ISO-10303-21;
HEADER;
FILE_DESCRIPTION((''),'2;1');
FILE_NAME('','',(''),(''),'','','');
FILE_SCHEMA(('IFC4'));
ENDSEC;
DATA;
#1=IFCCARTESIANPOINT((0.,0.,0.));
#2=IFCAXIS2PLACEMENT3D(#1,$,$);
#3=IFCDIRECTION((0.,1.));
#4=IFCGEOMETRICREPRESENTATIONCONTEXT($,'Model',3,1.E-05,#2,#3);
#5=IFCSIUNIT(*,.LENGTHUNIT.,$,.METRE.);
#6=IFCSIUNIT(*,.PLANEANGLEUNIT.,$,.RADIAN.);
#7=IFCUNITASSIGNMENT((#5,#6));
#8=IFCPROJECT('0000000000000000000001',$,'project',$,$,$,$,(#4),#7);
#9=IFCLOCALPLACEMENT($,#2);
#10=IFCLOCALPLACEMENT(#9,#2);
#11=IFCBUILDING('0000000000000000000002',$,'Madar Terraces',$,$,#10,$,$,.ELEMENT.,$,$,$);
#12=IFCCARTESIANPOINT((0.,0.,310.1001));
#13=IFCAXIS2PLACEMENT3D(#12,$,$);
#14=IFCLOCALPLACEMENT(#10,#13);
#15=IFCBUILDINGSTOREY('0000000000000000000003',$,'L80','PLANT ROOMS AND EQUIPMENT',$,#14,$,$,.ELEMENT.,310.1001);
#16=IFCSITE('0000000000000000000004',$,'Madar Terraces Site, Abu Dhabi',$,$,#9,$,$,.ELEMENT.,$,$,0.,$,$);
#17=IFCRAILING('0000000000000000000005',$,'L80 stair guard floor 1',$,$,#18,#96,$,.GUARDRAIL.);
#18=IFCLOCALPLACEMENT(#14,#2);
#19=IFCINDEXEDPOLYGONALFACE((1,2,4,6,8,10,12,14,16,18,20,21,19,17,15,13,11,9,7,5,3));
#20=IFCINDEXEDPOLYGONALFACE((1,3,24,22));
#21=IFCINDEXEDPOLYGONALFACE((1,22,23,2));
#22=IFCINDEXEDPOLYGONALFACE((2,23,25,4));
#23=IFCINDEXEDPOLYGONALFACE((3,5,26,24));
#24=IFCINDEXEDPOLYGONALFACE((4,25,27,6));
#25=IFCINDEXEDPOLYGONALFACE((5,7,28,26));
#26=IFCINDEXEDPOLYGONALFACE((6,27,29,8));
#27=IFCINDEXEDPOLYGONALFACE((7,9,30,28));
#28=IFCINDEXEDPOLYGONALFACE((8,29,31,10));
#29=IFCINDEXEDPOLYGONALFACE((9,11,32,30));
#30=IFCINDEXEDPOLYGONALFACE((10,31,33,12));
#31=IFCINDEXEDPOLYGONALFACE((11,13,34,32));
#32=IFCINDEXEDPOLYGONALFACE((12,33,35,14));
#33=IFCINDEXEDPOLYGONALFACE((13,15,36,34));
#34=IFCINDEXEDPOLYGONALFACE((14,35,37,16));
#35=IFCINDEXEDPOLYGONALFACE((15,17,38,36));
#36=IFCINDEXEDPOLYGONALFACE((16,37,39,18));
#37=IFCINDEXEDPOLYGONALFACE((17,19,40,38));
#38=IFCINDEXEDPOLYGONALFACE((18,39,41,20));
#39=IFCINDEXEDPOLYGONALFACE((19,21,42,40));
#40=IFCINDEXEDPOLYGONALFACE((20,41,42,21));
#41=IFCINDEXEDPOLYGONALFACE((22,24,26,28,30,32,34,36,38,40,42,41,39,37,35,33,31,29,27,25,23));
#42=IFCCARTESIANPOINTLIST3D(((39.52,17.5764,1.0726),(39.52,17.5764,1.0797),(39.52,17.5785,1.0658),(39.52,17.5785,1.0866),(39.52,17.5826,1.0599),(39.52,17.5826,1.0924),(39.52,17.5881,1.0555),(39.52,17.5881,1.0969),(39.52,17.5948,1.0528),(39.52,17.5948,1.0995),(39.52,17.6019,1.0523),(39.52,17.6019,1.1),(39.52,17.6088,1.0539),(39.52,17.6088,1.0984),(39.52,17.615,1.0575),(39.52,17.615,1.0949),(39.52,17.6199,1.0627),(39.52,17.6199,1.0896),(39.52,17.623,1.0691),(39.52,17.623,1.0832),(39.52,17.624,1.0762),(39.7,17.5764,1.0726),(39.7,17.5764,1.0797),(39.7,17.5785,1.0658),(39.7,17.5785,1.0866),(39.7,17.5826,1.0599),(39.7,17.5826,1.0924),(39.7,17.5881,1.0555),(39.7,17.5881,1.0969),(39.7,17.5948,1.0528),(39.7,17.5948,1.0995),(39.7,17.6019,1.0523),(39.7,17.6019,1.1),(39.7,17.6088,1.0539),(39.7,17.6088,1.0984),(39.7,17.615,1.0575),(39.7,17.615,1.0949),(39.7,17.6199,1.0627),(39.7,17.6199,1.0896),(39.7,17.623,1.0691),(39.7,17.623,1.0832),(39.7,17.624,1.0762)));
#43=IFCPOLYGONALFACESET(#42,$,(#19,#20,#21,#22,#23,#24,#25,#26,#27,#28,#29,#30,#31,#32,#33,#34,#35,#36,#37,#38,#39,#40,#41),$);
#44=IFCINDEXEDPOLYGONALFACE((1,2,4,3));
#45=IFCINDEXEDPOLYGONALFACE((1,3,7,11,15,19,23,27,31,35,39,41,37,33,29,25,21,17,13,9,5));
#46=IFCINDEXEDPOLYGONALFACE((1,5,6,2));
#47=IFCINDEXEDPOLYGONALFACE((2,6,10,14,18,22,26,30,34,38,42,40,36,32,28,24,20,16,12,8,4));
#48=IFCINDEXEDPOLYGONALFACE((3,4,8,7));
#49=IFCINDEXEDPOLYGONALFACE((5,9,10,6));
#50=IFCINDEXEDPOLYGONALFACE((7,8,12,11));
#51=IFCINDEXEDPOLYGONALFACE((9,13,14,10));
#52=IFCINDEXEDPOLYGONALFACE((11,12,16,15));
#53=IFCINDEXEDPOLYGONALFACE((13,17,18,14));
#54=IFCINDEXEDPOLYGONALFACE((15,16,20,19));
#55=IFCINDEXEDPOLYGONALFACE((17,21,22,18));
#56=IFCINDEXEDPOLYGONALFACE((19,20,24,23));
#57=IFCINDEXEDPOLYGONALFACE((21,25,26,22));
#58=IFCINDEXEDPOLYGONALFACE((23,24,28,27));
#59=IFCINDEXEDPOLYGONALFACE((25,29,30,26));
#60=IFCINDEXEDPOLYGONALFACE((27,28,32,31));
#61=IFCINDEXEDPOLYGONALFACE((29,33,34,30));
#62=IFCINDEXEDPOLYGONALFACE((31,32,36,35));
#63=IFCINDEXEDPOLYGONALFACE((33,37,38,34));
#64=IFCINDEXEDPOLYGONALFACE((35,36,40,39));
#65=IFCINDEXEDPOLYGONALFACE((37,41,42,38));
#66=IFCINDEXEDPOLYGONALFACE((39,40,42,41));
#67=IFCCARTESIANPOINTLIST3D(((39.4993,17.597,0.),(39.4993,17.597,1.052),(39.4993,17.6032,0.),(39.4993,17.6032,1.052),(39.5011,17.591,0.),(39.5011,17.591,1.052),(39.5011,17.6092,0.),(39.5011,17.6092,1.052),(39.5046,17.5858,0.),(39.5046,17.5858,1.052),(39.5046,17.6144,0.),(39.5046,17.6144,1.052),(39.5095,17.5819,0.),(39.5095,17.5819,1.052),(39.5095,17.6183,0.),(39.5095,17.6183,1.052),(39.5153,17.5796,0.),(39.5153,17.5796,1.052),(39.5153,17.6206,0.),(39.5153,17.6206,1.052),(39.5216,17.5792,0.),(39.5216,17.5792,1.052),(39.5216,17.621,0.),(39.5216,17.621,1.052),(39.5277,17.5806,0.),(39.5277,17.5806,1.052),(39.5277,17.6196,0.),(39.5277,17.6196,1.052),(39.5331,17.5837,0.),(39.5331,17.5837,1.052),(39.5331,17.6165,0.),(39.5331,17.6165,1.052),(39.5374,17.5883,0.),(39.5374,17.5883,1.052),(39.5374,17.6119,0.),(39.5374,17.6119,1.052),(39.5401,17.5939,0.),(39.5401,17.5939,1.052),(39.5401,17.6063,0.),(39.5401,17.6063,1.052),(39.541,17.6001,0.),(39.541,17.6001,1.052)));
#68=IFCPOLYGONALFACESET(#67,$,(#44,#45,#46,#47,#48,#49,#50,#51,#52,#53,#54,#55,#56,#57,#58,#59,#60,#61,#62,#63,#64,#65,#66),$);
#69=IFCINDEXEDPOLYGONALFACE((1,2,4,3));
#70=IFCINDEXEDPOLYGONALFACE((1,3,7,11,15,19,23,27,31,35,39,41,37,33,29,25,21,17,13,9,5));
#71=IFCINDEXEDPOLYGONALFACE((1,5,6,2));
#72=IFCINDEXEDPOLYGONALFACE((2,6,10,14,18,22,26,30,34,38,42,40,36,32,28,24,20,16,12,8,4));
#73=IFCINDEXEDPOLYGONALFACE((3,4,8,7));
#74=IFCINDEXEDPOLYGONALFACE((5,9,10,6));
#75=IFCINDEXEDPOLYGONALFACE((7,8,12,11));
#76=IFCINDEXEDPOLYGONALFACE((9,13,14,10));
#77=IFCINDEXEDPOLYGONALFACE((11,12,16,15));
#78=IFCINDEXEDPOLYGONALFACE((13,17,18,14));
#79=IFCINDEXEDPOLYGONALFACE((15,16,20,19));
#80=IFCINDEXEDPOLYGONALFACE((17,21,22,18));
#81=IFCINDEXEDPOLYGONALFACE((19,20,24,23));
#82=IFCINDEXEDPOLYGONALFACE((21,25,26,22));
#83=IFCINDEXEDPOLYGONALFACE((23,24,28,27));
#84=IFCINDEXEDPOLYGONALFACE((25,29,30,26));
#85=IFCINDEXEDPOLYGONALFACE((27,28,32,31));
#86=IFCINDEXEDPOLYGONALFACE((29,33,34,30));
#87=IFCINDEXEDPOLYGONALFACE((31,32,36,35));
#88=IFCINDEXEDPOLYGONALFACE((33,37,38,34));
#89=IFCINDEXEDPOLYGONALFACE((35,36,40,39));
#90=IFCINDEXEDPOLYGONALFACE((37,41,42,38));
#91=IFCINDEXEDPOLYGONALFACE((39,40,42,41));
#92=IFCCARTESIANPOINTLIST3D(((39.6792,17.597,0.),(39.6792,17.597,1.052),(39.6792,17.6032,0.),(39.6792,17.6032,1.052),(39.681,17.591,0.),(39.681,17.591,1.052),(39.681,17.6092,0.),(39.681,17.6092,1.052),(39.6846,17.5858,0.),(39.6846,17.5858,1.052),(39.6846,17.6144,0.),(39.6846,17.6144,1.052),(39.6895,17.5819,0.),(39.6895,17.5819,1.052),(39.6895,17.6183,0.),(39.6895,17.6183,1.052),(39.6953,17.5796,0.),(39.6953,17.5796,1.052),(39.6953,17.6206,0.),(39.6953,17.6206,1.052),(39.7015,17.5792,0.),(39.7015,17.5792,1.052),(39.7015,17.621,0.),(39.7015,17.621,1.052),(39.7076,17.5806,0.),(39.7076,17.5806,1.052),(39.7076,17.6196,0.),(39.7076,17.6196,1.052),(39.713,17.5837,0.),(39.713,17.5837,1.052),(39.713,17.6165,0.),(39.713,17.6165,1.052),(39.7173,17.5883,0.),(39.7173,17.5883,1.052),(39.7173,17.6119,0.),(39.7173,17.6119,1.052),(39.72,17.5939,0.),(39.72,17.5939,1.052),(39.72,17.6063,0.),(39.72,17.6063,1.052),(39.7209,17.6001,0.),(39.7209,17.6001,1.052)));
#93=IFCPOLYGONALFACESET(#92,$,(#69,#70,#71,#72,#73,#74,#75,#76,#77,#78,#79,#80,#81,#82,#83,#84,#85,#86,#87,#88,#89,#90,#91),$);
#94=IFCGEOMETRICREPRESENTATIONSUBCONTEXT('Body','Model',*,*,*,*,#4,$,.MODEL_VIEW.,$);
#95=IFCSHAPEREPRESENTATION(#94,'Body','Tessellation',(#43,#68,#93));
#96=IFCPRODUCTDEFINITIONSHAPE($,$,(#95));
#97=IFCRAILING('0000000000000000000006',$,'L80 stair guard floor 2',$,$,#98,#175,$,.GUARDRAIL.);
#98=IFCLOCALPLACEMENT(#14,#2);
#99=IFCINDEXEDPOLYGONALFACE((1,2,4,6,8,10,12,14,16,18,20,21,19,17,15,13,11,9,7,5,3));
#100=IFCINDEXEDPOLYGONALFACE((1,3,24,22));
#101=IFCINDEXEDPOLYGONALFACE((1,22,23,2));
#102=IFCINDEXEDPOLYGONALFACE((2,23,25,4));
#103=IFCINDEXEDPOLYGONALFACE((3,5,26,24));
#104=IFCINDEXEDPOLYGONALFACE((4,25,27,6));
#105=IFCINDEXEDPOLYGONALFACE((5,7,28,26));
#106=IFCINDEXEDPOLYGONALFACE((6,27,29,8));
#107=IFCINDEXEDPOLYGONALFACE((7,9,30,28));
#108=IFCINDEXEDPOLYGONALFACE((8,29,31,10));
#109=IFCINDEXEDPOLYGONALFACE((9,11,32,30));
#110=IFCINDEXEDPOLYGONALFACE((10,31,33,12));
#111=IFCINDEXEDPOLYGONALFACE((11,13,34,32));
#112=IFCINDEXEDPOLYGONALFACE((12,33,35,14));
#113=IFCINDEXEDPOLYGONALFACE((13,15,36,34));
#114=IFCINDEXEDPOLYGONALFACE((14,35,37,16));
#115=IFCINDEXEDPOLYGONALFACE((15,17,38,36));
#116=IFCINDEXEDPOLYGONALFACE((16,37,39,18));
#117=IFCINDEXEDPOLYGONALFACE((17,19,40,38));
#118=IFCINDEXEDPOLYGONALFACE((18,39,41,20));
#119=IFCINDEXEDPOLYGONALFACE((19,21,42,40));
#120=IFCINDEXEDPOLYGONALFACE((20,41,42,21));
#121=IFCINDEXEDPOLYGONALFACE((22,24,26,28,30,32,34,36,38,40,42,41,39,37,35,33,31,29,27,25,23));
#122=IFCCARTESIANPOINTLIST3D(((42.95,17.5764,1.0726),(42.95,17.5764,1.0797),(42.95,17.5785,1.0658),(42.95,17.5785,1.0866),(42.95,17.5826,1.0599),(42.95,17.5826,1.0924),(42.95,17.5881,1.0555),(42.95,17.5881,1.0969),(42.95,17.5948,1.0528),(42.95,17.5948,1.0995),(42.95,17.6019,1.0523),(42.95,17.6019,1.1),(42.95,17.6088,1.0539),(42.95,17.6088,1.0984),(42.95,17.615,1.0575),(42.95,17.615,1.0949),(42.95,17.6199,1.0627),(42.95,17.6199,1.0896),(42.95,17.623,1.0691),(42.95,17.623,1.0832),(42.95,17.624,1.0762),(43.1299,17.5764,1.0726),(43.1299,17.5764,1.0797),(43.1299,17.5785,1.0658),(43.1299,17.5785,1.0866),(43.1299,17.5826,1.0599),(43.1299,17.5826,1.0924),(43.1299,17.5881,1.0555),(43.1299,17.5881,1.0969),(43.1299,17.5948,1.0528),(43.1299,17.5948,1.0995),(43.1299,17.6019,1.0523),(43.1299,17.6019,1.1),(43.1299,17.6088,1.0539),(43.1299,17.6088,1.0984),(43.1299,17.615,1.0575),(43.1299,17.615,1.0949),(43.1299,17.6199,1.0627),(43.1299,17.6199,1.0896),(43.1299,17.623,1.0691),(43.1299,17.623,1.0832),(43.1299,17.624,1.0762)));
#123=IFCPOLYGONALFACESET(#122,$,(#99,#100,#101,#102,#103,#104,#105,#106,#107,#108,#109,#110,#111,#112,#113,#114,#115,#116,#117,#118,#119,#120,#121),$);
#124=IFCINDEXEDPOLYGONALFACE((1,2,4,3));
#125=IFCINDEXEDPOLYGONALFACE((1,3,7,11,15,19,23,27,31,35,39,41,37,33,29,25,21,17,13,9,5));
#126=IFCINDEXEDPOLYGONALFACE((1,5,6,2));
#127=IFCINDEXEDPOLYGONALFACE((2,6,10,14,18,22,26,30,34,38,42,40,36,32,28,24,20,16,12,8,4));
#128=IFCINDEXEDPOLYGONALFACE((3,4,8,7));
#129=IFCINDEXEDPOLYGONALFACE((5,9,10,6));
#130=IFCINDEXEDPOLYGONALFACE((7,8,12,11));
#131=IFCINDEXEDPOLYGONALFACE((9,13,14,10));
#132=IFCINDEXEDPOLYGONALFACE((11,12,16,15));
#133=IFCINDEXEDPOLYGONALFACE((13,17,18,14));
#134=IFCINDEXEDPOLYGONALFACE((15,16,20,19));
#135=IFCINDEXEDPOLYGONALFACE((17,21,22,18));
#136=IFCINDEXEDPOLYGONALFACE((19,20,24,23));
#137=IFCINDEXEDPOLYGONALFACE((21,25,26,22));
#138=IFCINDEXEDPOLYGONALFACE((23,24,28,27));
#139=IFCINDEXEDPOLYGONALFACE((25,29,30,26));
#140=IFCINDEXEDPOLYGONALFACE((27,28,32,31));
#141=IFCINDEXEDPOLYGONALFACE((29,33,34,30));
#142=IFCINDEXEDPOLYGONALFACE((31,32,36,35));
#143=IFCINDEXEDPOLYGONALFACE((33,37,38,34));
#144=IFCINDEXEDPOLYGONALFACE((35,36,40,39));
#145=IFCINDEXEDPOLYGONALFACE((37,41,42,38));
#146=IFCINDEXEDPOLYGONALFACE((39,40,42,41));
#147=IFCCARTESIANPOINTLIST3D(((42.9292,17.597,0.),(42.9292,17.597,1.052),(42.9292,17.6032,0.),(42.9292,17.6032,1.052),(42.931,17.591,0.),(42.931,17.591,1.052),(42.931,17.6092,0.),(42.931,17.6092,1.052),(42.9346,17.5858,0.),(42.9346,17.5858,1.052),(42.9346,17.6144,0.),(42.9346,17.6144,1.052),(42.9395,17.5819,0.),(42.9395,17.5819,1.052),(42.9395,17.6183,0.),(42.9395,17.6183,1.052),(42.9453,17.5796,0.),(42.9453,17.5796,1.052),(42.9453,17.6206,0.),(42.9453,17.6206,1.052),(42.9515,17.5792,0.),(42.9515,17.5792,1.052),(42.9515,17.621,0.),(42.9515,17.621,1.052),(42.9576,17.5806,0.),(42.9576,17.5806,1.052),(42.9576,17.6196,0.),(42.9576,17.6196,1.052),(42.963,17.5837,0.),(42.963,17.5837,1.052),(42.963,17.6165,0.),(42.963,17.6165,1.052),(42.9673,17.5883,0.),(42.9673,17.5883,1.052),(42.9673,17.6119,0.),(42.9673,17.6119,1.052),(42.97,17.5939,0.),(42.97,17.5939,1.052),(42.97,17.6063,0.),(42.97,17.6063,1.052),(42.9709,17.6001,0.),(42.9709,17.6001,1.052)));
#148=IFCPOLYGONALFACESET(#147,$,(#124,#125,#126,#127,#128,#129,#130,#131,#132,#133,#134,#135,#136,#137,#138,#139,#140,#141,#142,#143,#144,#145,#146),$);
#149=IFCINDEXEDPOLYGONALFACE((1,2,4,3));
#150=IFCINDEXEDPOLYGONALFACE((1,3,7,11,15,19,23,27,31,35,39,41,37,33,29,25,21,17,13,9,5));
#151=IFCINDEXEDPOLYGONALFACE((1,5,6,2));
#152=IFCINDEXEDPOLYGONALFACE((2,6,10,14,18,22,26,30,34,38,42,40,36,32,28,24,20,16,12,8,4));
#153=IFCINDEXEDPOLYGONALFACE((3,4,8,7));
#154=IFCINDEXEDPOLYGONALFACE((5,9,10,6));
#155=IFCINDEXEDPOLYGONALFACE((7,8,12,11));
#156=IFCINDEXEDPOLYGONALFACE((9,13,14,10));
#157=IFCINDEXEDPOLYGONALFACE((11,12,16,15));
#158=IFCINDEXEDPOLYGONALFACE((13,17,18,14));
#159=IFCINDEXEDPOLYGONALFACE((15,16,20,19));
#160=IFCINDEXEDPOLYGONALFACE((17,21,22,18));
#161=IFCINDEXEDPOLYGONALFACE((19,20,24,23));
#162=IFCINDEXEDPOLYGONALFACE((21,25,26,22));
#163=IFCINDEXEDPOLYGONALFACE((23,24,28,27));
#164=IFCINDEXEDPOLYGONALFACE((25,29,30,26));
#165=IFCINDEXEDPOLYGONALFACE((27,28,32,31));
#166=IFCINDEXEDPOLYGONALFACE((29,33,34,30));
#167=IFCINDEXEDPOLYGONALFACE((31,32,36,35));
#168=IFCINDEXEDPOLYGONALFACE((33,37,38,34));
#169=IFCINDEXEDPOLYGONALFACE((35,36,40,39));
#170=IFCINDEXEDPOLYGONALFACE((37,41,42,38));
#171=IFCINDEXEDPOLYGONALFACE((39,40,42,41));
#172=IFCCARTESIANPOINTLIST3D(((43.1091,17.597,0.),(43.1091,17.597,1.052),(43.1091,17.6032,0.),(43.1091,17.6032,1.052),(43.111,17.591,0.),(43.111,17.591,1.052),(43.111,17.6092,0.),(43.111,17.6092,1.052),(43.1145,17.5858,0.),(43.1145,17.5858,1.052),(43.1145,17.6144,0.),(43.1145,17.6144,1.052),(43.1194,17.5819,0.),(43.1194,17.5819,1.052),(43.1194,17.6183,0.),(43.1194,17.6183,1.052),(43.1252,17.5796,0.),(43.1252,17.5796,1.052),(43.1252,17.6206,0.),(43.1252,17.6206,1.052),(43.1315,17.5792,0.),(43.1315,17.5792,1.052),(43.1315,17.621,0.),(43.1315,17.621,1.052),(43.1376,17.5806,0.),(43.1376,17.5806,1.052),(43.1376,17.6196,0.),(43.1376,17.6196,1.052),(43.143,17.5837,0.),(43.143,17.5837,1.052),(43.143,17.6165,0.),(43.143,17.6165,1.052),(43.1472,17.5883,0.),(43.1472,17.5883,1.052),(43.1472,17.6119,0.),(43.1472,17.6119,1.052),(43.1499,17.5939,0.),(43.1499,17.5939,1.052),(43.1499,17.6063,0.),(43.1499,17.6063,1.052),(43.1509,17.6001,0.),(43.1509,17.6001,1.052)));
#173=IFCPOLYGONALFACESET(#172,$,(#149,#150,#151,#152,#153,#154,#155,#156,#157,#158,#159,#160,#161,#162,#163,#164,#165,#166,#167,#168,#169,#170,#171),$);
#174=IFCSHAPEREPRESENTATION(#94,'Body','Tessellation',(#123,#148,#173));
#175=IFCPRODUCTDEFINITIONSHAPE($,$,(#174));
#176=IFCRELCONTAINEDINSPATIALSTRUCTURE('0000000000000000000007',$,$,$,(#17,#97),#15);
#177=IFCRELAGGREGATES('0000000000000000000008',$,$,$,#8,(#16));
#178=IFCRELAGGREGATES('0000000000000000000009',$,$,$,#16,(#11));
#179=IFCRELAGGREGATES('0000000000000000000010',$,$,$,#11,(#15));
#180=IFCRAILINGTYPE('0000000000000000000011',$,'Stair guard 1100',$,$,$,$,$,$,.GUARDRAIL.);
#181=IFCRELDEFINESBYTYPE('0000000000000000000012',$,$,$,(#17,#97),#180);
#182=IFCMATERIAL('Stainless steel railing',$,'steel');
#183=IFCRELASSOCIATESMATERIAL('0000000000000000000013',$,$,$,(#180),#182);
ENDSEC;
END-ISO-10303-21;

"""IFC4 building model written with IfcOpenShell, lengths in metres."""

from ifc_helpers import new_model, si_unit, direction, frame, origin, origin_2d, place, context, subcontext, project, spatial, circle, extrude, material, type_object, element, save


model = new_model("IFC4")

# Units and contexts
model_context = context("Model", 3, precision=1e-05, world=origin(), true_north=direction((0.0, 1.0)))
body_context = subcontext(model_context, "Body", "Model", "MODEL_VIEW")
ifc_project = project(units=[si_unit("LENGTHUNIT", "METRE"), si_unit("PLANEANGLEUNIT", "RADIAN")], contexts=[model_context])

# Site, building, storey
site_placement = place(None, origin())
site = spatial("IfcSite", under=ifc_project, at=site_placement, Name="Madar Terraces Site, Abu Dhabi", CompositionType="ELEMENT", RefElevation=0.0)
building_placement = place(site_placement, origin())
building = spatial("IfcBuilding", under=site, at=building_placement, Name="Madar Terraces", CompositionType="ELEMENT")
storey_placement = place(building_placement, frame((0.0, 0.0, 310.1001)))
storey = spatial("IfcBuildingStorey", under=building, at=storey_placement, Name="L80", Description="PLANT ROOMS AND EQUIPMENT", CompositionType="ELEMENT", Elevation=310.1001)

# Railings
ifc_material_1 = material(Name="Stainless steel railing", Category="steel")
railing_type_1 = type_object("IfcRailingType", Name="Stair guard 1100", PredefinedType="GUARDRAIL", material=ifc_material_1)
for number, where, name in (
    (1, (39.52, 17.6001, 0.0), "L80 stair guard floor 1"),
    (2, (42.95, 17.6001, 0.0), "L80 stair guard floor 2"),
):
    element("IfcRailing", number, at=place(storey_placement, frame(where)), inside=storey, type_object=railing_type_1, Name=name, PredefinedType="GUARDRAIL", context=body_context, shape_type="SweptSolid", body=[
        extrude(circle(Radius=0.0239, at=origin_2d()), frame((0.0, 0.0, 1.0762), z_axis=(1.0, 0.0, 0.0), x_axis=(0.0, 1.0, 0.0)), (0.0, 0.0, 1.0), 0.1799),
        extrude(circle(Radius=0.021, at=origin_2d()), origin(), (0.0, 0.0, 1.0), 1.052),
        extrude(circle(Radius=0.021, at=origin_2d()), frame((0.1799, 0.0, 0.0)), (0.0, 0.0, 1.0), 1.052),
    ])

save(model, "model.ifc")
